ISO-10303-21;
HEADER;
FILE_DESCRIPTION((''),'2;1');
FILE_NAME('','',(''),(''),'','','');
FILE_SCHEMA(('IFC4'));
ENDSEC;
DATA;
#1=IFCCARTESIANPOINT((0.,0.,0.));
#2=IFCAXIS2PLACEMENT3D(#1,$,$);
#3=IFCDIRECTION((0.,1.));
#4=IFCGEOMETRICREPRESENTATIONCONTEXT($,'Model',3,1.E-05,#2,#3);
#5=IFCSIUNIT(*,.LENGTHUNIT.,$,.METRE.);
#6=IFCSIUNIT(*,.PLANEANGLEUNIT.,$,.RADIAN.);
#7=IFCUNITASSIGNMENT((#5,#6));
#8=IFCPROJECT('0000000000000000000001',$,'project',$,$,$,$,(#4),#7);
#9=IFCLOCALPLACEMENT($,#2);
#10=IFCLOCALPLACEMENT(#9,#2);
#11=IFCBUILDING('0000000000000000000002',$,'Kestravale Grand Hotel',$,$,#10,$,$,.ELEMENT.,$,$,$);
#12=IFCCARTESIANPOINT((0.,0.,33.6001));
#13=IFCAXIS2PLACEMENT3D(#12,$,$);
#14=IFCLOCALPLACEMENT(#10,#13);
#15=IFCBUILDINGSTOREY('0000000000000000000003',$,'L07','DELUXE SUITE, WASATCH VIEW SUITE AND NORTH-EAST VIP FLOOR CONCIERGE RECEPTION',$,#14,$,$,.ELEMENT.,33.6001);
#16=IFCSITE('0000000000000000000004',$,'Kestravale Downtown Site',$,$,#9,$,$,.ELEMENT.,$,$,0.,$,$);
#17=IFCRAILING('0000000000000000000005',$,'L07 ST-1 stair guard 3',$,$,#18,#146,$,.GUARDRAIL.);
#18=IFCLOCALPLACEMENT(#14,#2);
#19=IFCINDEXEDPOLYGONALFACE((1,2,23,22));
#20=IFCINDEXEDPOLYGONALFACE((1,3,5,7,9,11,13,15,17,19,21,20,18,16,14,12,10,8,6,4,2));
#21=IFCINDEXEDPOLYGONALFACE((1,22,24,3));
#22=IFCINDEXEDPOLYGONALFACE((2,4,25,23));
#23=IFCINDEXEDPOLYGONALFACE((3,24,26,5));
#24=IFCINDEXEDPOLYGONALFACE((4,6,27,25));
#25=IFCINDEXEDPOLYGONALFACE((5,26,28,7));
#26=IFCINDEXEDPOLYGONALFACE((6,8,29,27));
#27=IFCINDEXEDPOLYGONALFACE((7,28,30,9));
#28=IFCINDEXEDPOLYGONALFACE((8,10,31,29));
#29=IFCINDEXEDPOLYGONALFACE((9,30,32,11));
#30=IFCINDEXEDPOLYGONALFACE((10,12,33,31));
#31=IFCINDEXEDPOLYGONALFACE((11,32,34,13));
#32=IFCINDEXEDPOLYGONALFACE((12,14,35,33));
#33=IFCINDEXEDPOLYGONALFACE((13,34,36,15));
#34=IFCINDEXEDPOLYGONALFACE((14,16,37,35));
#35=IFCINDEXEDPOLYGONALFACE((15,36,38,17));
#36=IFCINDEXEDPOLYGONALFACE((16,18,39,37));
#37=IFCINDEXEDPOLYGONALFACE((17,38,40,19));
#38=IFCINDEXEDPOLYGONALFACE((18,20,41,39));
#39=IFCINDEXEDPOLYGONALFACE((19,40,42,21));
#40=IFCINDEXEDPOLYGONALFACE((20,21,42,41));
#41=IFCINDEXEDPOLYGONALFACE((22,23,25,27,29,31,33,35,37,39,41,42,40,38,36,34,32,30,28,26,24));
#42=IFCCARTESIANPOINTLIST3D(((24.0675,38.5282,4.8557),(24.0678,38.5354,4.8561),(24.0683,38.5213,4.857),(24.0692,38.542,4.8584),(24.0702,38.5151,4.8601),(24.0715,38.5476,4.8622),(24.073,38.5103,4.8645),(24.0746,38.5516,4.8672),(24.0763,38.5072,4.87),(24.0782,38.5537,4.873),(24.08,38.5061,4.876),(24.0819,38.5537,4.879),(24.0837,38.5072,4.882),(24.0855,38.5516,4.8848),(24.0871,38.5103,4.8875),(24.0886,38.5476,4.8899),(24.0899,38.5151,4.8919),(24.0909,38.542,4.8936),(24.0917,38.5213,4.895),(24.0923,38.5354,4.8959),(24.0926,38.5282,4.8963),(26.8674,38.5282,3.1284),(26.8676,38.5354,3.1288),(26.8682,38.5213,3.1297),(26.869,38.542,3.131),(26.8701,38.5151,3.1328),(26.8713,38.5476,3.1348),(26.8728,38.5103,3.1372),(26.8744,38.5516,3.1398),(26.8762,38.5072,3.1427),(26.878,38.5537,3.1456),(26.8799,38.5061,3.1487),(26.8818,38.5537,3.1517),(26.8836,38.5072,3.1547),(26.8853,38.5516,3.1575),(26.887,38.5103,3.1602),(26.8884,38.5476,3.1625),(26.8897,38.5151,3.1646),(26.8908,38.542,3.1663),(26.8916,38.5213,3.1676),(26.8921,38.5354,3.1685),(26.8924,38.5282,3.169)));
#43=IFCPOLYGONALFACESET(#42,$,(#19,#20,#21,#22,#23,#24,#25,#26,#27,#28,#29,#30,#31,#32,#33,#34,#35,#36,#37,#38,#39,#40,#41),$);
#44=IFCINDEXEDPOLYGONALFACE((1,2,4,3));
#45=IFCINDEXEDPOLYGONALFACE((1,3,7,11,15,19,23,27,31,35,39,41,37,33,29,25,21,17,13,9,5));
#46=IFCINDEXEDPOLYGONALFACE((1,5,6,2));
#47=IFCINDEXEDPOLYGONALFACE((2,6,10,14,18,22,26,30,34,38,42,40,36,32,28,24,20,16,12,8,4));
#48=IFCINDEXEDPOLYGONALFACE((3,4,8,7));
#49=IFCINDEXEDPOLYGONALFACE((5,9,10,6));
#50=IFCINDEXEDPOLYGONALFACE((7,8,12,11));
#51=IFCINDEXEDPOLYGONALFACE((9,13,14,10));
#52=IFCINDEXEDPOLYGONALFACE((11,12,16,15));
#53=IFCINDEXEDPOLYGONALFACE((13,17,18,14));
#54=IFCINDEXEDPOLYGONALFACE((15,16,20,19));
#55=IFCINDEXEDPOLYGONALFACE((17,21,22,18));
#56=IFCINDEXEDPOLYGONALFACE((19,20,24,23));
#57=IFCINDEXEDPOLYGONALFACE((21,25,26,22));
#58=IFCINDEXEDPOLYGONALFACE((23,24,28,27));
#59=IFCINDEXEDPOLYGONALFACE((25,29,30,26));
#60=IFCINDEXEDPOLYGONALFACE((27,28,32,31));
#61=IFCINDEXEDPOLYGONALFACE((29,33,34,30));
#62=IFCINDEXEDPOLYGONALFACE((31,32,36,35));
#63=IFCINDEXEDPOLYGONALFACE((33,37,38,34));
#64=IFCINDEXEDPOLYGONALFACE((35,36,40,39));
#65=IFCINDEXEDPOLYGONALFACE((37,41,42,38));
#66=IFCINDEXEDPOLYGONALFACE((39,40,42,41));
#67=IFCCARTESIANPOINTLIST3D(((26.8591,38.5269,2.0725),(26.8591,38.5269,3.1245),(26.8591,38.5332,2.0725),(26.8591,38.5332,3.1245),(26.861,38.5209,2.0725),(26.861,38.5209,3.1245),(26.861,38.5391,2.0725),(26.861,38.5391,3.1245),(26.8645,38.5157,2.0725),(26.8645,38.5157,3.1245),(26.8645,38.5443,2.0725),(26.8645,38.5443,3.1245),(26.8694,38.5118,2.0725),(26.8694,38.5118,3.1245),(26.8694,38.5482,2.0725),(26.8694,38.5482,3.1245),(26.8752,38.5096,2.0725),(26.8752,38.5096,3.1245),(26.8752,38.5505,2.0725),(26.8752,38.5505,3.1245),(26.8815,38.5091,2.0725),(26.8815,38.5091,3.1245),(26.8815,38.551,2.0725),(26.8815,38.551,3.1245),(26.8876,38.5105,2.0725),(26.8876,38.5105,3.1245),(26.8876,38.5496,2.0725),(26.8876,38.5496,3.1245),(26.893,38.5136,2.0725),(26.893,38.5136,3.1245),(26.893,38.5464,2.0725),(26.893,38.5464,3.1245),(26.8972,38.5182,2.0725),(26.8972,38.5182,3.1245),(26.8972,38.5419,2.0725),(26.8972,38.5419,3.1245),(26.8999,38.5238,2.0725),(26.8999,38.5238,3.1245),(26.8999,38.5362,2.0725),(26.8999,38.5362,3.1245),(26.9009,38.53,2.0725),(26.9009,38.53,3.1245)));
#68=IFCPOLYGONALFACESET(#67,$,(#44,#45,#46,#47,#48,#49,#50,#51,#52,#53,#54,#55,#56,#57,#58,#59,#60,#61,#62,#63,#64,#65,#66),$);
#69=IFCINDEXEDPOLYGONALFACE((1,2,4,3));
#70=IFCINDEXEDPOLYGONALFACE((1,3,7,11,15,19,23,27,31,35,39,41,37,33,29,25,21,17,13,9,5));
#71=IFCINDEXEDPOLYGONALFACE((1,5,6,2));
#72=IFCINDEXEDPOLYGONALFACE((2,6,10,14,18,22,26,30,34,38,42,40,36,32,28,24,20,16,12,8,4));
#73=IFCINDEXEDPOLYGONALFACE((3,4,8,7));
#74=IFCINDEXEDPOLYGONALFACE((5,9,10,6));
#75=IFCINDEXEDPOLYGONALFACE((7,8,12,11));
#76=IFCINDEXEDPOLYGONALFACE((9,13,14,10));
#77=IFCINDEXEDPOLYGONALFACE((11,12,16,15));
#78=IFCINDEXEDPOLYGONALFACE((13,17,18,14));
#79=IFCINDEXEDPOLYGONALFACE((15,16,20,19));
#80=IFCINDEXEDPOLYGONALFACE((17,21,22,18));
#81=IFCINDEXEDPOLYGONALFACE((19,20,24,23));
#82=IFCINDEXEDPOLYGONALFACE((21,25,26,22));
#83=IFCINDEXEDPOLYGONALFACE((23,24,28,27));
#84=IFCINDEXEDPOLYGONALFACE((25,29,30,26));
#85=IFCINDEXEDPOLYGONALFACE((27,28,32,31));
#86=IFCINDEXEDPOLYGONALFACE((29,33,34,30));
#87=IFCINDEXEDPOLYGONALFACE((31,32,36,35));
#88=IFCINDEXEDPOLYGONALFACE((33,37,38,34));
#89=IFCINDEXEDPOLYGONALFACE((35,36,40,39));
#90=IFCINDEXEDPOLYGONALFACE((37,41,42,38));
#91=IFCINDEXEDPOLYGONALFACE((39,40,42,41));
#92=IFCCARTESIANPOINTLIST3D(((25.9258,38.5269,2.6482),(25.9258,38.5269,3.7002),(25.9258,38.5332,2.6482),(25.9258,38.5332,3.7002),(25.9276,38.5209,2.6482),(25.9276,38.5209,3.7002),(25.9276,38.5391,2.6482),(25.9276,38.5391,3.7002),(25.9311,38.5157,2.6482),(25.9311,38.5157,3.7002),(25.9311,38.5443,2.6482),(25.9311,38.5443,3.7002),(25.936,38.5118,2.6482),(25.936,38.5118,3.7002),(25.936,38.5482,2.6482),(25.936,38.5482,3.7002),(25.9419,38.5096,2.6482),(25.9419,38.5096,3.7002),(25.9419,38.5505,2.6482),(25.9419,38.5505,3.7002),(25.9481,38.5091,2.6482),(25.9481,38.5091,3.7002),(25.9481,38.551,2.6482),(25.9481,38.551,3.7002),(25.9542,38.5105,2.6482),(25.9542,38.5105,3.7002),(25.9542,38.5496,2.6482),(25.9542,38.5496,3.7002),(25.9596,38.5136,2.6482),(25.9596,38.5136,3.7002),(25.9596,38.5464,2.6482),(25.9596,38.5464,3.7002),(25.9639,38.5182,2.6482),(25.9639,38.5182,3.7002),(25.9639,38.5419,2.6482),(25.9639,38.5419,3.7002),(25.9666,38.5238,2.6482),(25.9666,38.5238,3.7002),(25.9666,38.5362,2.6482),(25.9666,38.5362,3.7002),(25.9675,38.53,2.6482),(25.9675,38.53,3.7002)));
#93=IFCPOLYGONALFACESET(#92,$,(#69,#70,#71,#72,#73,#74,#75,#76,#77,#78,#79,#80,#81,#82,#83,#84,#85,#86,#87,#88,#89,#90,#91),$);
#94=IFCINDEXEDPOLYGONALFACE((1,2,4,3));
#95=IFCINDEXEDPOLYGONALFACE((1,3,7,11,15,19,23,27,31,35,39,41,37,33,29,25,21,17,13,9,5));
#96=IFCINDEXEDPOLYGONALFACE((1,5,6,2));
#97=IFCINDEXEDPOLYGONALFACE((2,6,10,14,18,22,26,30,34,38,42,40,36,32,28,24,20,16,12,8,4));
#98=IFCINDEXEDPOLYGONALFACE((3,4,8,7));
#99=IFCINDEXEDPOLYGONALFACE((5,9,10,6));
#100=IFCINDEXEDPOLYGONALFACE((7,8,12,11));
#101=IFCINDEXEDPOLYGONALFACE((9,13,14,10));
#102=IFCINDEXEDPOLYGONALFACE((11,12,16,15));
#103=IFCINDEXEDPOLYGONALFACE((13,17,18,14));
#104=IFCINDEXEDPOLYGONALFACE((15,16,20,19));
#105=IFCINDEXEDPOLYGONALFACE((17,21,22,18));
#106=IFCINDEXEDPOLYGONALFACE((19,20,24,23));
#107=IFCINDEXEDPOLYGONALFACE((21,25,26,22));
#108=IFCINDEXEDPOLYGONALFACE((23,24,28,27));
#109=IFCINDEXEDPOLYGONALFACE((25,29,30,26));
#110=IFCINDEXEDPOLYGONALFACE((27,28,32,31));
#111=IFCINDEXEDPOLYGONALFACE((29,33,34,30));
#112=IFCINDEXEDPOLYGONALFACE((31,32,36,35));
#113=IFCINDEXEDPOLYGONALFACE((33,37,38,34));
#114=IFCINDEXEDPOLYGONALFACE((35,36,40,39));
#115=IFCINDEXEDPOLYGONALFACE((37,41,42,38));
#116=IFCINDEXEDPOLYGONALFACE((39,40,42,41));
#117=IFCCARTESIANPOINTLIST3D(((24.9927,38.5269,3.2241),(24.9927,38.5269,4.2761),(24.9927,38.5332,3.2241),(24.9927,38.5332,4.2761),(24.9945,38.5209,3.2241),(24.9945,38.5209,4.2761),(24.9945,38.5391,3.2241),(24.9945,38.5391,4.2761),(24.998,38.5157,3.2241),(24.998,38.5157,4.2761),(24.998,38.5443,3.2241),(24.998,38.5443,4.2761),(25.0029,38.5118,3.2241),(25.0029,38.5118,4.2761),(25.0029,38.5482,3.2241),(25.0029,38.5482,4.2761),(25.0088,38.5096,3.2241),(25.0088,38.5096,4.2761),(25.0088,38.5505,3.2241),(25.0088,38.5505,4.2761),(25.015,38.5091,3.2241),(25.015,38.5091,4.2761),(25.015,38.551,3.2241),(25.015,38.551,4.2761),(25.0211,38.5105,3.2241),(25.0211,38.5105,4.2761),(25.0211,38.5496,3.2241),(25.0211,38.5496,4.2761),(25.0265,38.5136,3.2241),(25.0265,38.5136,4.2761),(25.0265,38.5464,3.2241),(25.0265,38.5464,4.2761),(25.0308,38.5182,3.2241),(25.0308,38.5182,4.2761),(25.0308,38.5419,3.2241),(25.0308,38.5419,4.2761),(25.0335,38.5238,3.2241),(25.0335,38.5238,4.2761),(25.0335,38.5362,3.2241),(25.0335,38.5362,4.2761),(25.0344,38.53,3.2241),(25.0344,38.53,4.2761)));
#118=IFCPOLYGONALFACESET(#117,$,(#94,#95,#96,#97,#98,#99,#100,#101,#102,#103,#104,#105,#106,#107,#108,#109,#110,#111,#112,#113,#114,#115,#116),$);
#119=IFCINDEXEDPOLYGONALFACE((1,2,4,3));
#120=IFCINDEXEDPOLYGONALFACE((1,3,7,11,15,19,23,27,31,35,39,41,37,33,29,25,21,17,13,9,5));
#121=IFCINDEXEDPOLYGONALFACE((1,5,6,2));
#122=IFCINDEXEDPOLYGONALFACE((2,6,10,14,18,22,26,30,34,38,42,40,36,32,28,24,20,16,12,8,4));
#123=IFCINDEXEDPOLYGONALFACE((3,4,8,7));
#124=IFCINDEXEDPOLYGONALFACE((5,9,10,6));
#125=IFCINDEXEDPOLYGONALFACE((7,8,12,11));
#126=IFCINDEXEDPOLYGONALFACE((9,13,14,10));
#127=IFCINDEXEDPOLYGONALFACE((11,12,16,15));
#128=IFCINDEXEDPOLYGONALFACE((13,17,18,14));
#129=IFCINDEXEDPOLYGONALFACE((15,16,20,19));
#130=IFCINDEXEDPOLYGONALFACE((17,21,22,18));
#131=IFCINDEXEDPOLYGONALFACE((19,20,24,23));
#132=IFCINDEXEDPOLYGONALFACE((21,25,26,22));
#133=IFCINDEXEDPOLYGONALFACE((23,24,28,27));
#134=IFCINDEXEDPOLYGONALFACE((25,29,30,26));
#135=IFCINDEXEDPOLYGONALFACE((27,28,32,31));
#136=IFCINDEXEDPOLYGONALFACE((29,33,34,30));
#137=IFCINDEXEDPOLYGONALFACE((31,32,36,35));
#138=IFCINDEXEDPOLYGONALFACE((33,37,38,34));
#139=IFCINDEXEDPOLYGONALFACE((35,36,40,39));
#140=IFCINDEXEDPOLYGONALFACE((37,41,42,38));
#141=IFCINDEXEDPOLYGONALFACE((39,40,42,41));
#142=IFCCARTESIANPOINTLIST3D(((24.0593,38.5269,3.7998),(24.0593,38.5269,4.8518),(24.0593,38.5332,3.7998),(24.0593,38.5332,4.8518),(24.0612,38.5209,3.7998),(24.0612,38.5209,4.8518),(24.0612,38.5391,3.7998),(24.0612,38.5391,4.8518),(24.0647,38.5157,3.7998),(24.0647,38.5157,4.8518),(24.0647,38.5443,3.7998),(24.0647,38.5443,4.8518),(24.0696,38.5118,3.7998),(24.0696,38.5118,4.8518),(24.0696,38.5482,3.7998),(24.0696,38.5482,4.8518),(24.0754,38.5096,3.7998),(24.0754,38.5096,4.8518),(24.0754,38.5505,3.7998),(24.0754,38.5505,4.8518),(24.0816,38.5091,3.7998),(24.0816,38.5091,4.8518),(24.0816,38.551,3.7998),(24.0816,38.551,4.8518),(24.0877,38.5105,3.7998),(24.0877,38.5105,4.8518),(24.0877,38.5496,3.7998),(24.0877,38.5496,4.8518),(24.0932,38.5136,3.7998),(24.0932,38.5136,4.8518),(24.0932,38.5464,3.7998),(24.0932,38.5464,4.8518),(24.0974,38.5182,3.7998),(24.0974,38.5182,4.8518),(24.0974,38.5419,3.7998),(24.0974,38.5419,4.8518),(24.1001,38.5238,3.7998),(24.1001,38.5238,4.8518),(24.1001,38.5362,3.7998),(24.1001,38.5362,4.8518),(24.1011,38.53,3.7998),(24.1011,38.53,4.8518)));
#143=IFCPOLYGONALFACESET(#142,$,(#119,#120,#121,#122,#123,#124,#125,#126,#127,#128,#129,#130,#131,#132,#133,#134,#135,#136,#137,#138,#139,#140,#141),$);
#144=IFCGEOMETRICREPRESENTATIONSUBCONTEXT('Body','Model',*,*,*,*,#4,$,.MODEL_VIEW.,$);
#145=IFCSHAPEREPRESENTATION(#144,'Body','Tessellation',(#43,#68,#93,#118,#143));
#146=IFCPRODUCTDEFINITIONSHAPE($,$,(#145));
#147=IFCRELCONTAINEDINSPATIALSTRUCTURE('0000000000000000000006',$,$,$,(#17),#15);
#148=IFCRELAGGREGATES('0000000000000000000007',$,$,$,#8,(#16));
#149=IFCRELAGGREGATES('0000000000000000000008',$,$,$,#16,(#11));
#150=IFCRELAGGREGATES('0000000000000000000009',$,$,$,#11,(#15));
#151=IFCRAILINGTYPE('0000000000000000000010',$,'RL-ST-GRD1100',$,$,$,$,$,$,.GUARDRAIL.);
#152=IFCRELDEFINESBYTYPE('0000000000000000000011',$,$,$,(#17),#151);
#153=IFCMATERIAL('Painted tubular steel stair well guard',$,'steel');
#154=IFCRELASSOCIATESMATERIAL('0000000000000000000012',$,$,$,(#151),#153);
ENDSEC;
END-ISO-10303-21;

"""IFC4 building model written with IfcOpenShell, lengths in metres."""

from ifc_helpers import new_model, si_unit, direction, frame, origin, origin_2d, place, context, subcontext, project, spatial, circle, extrude, material, type_object, element, save


model = new_model("IFC4")

# Units and contexts
model_context = context("Model", 3, precision=1e-05, world=origin(), true_north=direction((0.0, 1.0)))
body_context = subcontext(model_context, "Body", "Model", "MODEL_VIEW")
ifc_project = project(units=[si_unit("LENGTHUNIT", "METRE"), si_unit("PLANEANGLEUNIT", "RADIAN")], contexts=[model_context])

# Site, building, storey
site_placement = place(None, origin())
site = spatial("IfcSite", under=ifc_project, at=site_placement, Name="Kestravale Downtown Site", CompositionType="ELEMENT", RefElevation=0.0)
building_placement = place(site_placement, origin())
building = spatial("IfcBuilding", under=site, at=building_placement, Name="Kestravale Grand Hotel", CompositionType="ELEMENT")
storey_placement = place(building_placement, frame((0.0, 0.0, 33.6001)))
storey = spatial("IfcBuildingStorey", under=building, at=storey_placement, Name="L07", Description="DELUXE SUITE, WASATCH VIEW SUITE AND NORTH-EAST VIP FLOOR CONCIERGE RECEPTION", CompositionType="ELEMENT", Elevation=33.6001)

# Railing
ifc_material_1 = material(Name="Painted tubular steel stair well guard", Category="steel")
railing_type_1 = type_object("IfcRailingType", Name="RL-ST-GRD1100", PredefinedType="GUARDRAIL", material=ifc_material_1)
railing_1_placement = place(storey_placement, frame((26.8799, 38.53, 2.0725)))
element("IfcRailing", 1, at=railing_1_placement, inside=storey, type_object=railing_type_1, Name="L07 ST-1 stair guard 3", PredefinedType="GUARDRAIL", context=body_context, shape_type="SweptSolid", body=[
    extrude(circle(Radius=0.0239, at=origin_2d()), frame((0.0, 0.0, 1.0762), z_axis=(-0.851069, 0.0, 0.525054), x_axis=(0.0, -1.0, 0.0)), (0.0, 0.0, 1.0), 3.2898),
    extrude(circle(Radius=0.021, at=origin_2d()), origin(), (0.0, 0.0, 1.0), 1.052),
    extrude(circle(Radius=0.021, at=origin_2d()), frame((-0.9333, 0.0, 0.5757)), (0.0, 0.0, 1.0), 1.052),
    extrude(circle(Radius=0.021, at=origin_2d()), frame((-1.8665, 0.0, 1.1516)), (0.0, 0.0, 1.0), 1.052),
    extrude(circle(Radius=0.021, at=origin_2d()), frame((-2.7998, 0.0, 1.7273)), (0.0, 0.0, 1.0), 1.052),
])

save(model, "model.ifc")
